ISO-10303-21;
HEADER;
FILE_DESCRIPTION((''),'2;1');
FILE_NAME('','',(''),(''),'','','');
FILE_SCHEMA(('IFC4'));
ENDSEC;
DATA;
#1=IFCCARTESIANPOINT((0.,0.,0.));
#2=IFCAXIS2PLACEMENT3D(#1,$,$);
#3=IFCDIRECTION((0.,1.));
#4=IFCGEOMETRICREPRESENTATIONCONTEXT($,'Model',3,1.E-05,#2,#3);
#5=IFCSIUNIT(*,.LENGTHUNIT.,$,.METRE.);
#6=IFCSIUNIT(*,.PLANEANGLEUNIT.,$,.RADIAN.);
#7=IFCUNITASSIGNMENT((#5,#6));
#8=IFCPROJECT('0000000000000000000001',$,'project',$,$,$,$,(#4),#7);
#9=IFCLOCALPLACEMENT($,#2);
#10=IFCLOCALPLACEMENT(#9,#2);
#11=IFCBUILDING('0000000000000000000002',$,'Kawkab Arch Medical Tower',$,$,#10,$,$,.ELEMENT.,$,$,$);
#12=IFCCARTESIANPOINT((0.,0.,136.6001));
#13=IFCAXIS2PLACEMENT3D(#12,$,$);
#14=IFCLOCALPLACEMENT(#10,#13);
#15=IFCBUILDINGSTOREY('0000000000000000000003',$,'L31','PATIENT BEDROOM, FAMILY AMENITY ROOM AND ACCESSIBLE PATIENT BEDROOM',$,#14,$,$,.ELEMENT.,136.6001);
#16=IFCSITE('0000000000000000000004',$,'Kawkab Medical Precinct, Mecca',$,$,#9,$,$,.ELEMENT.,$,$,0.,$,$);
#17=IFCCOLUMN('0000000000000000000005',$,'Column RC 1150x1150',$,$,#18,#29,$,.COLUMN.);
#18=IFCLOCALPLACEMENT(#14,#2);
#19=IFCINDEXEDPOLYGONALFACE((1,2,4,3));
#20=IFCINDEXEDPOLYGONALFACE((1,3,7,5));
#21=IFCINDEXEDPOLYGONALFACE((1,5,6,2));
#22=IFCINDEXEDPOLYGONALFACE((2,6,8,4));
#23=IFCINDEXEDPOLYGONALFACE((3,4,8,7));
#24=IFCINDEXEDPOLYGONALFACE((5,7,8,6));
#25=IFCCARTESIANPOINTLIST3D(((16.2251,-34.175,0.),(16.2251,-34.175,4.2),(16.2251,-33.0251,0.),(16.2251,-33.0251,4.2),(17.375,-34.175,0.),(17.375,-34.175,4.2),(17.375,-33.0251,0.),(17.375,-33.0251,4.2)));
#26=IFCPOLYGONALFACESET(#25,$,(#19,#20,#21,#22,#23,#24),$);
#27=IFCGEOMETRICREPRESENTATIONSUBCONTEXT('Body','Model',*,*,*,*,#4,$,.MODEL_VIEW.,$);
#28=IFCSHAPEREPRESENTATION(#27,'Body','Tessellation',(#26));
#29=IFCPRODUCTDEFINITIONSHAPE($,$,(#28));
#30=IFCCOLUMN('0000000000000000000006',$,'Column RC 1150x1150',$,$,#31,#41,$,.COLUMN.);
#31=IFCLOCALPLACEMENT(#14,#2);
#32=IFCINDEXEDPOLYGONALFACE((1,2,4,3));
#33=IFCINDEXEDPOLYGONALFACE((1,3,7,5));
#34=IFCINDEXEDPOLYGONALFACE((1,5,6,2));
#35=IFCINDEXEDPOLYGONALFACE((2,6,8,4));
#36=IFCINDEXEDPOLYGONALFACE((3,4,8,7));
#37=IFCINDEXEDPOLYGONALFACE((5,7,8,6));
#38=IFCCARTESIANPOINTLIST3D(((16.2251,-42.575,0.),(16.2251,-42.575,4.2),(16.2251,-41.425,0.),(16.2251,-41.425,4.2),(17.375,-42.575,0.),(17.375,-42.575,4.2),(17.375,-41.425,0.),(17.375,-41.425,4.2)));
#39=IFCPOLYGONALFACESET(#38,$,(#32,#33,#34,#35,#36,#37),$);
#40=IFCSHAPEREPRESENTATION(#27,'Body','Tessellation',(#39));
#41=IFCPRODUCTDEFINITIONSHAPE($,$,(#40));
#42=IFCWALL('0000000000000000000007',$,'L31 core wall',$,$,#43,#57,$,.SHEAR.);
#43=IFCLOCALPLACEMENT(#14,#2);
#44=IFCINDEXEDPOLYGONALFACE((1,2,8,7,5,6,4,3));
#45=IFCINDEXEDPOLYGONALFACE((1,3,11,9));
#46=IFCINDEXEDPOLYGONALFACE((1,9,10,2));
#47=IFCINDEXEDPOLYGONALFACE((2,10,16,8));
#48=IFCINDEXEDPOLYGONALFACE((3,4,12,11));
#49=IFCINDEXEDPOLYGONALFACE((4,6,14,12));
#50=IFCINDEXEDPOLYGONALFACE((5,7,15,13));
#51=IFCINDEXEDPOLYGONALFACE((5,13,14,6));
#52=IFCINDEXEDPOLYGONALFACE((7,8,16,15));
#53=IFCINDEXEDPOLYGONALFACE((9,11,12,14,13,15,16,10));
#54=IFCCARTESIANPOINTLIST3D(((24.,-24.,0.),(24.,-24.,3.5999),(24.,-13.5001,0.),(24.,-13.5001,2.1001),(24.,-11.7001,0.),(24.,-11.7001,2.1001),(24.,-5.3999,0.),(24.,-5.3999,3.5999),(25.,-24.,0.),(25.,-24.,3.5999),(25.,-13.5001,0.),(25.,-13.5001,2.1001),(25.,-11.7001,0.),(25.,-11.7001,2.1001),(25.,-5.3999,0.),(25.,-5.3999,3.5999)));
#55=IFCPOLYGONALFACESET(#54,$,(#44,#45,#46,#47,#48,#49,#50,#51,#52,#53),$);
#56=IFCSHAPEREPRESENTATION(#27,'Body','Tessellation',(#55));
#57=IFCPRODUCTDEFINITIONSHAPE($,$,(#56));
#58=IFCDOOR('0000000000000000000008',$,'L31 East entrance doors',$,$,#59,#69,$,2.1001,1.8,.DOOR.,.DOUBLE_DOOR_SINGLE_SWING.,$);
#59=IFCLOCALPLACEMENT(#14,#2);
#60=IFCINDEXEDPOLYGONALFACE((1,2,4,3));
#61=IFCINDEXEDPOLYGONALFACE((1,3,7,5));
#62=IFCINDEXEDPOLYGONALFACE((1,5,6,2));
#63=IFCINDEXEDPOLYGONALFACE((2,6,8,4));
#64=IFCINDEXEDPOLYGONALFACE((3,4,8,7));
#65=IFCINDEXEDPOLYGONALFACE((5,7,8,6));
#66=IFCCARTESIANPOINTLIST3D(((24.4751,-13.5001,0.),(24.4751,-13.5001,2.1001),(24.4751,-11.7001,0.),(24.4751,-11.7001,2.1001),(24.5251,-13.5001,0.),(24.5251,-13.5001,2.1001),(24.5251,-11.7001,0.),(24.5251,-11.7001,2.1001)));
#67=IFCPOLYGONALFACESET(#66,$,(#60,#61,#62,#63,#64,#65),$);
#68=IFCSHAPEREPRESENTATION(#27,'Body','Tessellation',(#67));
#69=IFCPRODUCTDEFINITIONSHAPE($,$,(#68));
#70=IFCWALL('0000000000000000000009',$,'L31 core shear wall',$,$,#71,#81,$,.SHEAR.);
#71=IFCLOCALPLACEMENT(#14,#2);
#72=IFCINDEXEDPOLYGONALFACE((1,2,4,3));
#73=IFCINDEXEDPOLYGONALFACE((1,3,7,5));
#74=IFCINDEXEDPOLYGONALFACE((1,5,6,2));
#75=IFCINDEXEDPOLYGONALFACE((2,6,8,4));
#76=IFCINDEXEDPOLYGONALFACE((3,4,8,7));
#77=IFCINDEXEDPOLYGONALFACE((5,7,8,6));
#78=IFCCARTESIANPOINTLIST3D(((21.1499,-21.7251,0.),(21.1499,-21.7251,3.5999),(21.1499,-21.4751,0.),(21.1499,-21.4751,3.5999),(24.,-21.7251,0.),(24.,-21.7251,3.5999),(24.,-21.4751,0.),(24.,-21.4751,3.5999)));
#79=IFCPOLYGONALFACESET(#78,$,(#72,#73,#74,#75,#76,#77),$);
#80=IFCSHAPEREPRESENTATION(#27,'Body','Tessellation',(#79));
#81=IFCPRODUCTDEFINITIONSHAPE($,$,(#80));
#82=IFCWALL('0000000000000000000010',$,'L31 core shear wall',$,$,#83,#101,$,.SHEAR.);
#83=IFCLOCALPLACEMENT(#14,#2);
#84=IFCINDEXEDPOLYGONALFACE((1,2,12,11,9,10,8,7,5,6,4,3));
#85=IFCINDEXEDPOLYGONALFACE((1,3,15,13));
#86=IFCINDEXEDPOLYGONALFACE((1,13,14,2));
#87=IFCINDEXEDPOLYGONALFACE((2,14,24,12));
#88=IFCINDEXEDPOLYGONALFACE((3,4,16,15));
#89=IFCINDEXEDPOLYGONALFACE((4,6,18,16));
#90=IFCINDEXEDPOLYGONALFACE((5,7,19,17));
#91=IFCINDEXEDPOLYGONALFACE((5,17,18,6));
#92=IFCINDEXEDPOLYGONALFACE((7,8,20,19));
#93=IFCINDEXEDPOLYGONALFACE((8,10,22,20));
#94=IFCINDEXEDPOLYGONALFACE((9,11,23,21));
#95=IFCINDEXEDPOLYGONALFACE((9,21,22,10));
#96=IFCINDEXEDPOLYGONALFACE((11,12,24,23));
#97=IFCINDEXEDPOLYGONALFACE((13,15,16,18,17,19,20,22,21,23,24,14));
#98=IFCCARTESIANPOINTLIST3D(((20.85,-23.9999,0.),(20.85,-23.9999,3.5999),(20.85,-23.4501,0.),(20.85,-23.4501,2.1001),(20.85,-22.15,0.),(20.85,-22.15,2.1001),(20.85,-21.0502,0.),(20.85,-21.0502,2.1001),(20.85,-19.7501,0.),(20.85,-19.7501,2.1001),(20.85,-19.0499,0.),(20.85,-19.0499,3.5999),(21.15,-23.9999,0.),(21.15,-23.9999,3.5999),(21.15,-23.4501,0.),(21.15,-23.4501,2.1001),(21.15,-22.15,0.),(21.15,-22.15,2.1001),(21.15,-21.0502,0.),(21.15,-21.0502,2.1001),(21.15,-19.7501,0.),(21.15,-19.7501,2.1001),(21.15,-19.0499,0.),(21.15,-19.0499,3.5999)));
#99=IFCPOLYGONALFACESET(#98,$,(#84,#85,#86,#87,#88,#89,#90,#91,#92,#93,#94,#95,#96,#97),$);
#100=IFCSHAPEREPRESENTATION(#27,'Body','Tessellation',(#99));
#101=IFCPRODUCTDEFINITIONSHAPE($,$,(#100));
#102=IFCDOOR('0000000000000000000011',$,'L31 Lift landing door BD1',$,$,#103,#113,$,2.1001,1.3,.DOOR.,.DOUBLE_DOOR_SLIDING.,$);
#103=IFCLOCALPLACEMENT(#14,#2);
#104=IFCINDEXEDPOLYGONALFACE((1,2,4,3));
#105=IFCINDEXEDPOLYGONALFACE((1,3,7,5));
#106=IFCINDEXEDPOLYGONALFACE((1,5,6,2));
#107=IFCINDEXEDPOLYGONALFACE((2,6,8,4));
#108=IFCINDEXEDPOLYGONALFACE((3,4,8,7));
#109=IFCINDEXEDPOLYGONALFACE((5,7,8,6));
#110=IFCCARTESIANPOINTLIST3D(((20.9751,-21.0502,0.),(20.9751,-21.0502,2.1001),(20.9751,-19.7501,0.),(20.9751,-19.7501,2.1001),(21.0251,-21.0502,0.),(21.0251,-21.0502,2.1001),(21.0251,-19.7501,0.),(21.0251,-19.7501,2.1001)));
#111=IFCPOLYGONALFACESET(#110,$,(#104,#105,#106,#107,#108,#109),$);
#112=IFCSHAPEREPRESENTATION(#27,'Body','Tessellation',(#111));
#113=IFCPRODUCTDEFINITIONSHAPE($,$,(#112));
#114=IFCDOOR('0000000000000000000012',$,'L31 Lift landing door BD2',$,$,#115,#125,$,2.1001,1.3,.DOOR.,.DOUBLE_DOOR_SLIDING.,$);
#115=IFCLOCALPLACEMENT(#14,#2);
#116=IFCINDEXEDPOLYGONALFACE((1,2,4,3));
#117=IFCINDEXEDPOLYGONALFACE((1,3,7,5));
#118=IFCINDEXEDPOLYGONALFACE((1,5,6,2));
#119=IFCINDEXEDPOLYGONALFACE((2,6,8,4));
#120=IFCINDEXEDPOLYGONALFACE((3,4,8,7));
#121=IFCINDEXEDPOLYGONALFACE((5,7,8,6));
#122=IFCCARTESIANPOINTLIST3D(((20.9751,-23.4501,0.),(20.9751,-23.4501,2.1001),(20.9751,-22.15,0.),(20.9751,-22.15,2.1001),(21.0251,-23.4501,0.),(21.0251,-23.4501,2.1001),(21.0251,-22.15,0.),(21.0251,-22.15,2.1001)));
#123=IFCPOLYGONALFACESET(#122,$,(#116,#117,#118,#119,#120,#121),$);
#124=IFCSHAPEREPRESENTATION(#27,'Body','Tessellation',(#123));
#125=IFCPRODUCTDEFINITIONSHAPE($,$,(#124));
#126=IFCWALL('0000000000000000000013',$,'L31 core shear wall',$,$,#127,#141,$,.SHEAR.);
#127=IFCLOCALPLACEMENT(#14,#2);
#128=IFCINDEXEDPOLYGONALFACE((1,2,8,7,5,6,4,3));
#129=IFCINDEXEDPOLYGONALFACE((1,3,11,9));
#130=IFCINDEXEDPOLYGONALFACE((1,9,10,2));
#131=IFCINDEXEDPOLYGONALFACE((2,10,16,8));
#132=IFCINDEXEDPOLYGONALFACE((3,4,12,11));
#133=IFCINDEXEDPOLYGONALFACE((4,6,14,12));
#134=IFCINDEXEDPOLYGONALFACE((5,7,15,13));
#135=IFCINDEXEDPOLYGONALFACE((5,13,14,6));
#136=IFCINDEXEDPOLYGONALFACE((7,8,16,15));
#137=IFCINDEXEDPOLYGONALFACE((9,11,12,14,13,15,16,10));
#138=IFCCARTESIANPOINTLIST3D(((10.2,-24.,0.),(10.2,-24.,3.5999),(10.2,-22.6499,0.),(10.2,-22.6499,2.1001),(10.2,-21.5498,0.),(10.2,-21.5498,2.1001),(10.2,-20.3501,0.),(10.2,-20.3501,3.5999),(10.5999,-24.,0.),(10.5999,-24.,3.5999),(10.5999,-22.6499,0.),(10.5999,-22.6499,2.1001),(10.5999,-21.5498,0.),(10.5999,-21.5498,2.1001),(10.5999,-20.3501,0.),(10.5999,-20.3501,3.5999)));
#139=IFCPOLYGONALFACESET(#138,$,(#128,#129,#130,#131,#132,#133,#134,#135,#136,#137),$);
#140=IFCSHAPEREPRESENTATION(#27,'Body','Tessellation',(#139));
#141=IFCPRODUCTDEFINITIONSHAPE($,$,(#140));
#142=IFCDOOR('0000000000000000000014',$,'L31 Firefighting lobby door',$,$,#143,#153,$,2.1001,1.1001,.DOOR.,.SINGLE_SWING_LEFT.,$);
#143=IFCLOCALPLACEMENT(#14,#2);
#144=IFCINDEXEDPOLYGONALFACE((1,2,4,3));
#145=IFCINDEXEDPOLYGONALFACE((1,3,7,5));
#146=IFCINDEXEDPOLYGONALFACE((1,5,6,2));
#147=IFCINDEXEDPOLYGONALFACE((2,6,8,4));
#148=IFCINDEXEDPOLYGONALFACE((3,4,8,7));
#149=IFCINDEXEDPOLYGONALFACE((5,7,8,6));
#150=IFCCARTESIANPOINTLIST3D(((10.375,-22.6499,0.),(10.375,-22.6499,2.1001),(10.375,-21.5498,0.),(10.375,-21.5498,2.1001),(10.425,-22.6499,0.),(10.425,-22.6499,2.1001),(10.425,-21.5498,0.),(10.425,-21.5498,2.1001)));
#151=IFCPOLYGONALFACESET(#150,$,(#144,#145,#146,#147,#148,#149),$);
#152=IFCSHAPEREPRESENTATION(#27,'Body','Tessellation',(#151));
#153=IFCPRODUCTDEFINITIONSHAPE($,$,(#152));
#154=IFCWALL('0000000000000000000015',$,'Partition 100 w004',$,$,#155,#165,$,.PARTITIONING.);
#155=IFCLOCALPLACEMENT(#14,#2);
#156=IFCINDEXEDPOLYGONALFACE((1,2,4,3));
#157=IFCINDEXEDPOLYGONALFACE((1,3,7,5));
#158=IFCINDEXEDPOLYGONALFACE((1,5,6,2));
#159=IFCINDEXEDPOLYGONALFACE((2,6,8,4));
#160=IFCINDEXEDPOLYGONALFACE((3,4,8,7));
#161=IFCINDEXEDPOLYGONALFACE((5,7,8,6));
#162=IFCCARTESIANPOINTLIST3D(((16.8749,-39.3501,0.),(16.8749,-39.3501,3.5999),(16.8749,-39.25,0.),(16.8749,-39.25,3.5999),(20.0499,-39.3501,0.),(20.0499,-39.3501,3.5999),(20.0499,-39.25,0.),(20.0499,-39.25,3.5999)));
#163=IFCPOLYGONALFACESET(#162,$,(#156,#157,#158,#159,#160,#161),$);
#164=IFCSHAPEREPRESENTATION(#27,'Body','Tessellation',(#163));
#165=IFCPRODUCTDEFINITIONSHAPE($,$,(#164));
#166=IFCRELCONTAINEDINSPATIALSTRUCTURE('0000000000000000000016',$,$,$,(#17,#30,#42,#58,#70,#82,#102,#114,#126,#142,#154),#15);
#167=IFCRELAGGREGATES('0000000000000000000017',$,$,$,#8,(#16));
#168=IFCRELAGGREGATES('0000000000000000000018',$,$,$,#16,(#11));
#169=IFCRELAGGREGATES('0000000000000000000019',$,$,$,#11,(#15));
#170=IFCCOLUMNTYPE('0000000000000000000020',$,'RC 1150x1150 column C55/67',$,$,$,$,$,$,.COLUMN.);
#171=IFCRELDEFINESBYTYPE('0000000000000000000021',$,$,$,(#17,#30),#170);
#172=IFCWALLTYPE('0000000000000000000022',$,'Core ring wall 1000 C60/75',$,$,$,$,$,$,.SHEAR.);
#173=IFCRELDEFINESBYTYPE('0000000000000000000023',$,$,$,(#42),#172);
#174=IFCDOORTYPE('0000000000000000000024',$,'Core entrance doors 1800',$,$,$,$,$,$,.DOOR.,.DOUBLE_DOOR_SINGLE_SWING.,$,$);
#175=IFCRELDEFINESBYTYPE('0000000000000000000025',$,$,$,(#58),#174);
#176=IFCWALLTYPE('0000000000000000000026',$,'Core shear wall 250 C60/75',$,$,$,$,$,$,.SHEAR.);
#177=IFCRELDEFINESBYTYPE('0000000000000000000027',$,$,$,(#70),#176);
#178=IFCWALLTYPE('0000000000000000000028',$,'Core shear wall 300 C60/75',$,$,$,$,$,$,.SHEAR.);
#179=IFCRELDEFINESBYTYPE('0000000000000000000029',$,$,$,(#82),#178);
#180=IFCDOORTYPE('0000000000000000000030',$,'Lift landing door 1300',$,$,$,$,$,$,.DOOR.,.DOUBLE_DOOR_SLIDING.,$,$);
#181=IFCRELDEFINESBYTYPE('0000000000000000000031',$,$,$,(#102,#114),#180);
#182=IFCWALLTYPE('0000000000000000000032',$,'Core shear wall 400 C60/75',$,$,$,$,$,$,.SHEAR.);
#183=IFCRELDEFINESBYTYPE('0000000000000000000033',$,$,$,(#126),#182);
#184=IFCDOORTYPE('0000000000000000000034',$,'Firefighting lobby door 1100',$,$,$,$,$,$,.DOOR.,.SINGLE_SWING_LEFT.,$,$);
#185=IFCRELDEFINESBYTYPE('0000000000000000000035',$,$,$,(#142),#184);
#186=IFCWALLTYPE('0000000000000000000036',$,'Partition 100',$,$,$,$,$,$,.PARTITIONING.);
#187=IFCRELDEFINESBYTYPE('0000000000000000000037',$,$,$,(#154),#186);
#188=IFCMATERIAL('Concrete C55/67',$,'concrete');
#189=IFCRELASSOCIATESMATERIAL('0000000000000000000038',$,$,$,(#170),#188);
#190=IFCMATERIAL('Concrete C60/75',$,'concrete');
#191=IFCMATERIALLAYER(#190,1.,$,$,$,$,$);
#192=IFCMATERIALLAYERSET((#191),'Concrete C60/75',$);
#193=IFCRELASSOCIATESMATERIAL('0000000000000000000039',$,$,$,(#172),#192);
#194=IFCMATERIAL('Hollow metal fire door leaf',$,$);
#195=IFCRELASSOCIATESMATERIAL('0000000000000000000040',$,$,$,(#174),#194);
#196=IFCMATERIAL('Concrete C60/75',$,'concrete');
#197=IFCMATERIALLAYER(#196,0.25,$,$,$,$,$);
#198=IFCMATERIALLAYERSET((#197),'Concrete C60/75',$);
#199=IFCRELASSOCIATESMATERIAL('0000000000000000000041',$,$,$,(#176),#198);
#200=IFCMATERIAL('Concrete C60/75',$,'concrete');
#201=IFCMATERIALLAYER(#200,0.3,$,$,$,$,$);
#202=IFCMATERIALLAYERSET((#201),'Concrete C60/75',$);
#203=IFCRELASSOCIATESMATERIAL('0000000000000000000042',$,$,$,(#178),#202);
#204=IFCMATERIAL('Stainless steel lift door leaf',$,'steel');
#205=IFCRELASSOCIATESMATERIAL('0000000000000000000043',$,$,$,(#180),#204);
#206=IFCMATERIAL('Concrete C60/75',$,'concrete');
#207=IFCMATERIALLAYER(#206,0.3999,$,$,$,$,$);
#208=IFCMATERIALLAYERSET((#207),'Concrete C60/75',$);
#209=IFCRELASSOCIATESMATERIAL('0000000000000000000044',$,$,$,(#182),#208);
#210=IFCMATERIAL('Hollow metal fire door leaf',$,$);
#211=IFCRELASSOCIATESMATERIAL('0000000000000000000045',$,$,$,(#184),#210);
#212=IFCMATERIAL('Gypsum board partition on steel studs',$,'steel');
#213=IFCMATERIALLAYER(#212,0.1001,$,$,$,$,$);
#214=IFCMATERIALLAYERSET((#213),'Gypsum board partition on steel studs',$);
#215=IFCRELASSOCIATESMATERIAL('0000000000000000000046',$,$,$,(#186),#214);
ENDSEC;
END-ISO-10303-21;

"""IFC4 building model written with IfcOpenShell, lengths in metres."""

from ifc_helpers import new_model, si_unit, direction, frame, frame_2d, origin, origin_2d, place, context, subcontext, project, spatial, rectangle, extrude, material, layer, layer_set, material_profile, profile_set, type_object, element, fill, save


model = new_model("IFC4")

# Units and contexts
model_context = context("Model", 3, precision=1e-05, world=origin(), true_north=direction((0.0, 1.0)))
body_context = subcontext(model_context, "Body", "Model", "MODEL_VIEW")
ifc_project = project(units=[si_unit("LENGTHUNIT", "METRE"), si_unit("PLANEANGLEUNIT", "RADIAN")], contexts=[model_context])

# Site, building, storey
site_placement = place(None, origin())
site = spatial("IfcSite", under=ifc_project, at=site_placement, Name="Kawkab Medical Precinct, Mecca", CompositionType="ELEMENT", RefElevation=0.0)
building_placement = place(site_placement, origin())
building = spatial("IfcBuilding", under=site, at=building_placement, Name="Kawkab Arch Medical Tower", CompositionType="ELEMENT")
storey_placement = place(building_placement, frame((0.0, 0.0, 136.6001)))
storey = spatial("IfcBuildingStorey", under=building, at=storey_placement, Name="L31", Description="PATIENT BEDROOM, FAMILY AMENITY ROOM AND ACCESSIBLE PATIENT BEDROOM", CompositionType="ELEMENT", Elevation=136.6001)

# Columns
ifc_material_1 = material(Name="Concrete C55/67", Category="concrete")
ifc_material_profile = material_profile(ifc_material_1, rectangle(XDim=1.1499, YDim=1.1499, at=origin_2d()), Name="RC 1150x1150")
ifc_profile_set = profile_set([ifc_material_profile], Name="Concrete C55/67")
column_type = type_object("IfcColumnType", Name="RC 1150x1150 column C55/67", PredefinedType="COLUMN", material=ifc_profile_set)
for number, where, z_axis, x_axis, name in (
    (1, (16.8, -33.6001, 0.0), (0.0, 0.0, 1.0), (1.0, 0.0, 0.0), "Column RC 1150x1150"),
    (2, (16.8, -42.0, 0.0), (0.0, 0.0, 1.0), (1.0, 0.0, 0.0), "Column RC 1150x1150"),
):
    element("IfcColumn", number, at=place(storey_placement, frame(where, z_axis=z_axis, x_axis=x_axis)), inside=storey, type_object=column_type, Name=name, PredefinedType="COLUMN", context=body_context, shape_type="SweptSolid", body=[
        extrude(rectangle(XDim=1.1499, YDim=1.1499, at=origin_2d()), origin(), (0.0, 0.0, 1.0), 4.2),
    ])

# Wall, opening, door
ifc_material_2 = material(Name="Concrete C60/75", Category="concrete")
ifc_layer_1 = layer(ifc_material_2, 1.0)
ifc_layer_set_1 = layer_set([ifc_layer_1], Name="Concrete C60/75")
wall_type_1 = type_object("IfcWallType", Name="Core ring wall 1000 C60/75", PredefinedType="SHEAR", material=ifc_layer_set_1)
wall_1_placement = place(storey_placement, frame((24.5, -24.0, 0.0), z_axis=(0.0, 0.0, 1.0), x_axis=(0.0, 1.0, 0.0)))
wall_1 = element("IfcWall", 3, at=wall_1_placement, inside=storey, type_object=wall_type_1, Name="L31 core wall", PredefinedType="SHEAR", context=body_context, shape_type="SweptSolid", body=[
    extrude(rectangle(XDim=18.6001, YDim=1.0, at=frame_2d((9.3, 0.0))), origin(), (0.0, 0.0, 1.0), 3.5999),
])
opening_1_placement = place(wall_1_placement, frame((10.5, 0.0, 0.0)))
opening_1 = element("IfcOpeningElement", 4, at=opening_1_placement, cuts=wall_1, PredefinedType="OPENING", context=body_context, shape_type="SweptSolid", body=[
    extrude(rectangle(XDim=1.8, YDim=2.1001, at=frame_2d((0.8999, 1.05))), frame((0.0, 0.51, 0.0), z_axis=(0.0, -1.0, 0.0), x_axis=(1.0, 0.0, 0.0)), (0.0, 0.0, 1.0), 1.02),
])
ifc_material_3 = material(Name="Hollow metal fire door leaf")
door_type_1 = type_object("IfcDoorType", Name="Core entrance doors 1800", OperationType="DOUBLE_DOOR_SINGLE_SWING", PredefinedType="DOOR", material=ifc_material_3)
door_1_placement = place(opening_1_placement, origin())
door_1 = element("IfcDoor", 5, at=door_1_placement, inside=storey, type_object=door_type_1, Name="L31 East entrance doors", OperationType="DOUBLE_DOOR_SINGLE_SWING", OverallHeight=2.1001, OverallWidth=1.8, PredefinedType="DOOR", context=body_context, shape_type="SweptSolid", body=[
    extrude(rectangle(XDim=1.8, YDim=2.1001, at=frame_2d((0.8999, 1.05))), frame((0.0, 0.0249, 0.0), z_axis=(0.0, -1.0, 0.0), x_axis=(1.0, 0.0, 0.0)), (0.0, 0.0, 1.0), 0.05),
])
fill(opening_1, door_1)

# Wall
ifc_material_4 = material(Name="Concrete C60/75", Category="concrete")
ifc_layer_2 = layer(ifc_material_4, 0.25)
ifc_layer_set_2 = layer_set([ifc_layer_2], Name="Concrete C60/75")
wall_type_2 = type_object("IfcWallType", Name="Core shear wall 250 C60/75", PredefinedType="SHEAR", material=ifc_layer_set_2)
wall_2_placement = place(storey_placement, frame((21.1499, -21.6001, 0.0), z_axis=(0.0, 0.0, 1.0), x_axis=(1.0, 0.0, 0.0)))
element("IfcWall", 6, at=wall_2_placement, inside=storey, type_object=wall_type_2, Name="L31 core shear wall", PredefinedType="SHEAR", context=body_context, shape_type="SweptSolid", body=[
    extrude(rectangle(XDim=2.8501, YDim=0.25, at=frame_2d((1.425, 0.0))), origin(), (0.0, 0.0, 1.0), 3.5999),
])

# Wall, openings, doors
ifc_material_5 = material(Name="Concrete C60/75", Category="concrete")
ifc_layer_3 = layer(ifc_material_5, 0.3)
ifc_layer_set_3 = layer_set([ifc_layer_3], Name="Concrete C60/75")
wall_type_3 = type_object("IfcWallType", Name="Core shear wall 300 C60/75", PredefinedType="SHEAR", material=ifc_layer_set_3)
wall_3_placement = place(storey_placement, frame((21.0, -24.0, 0.0), z_axis=(0.0, 0.0, 1.0), x_axis=(0.0, 1.0, 0.0)))
wall_3 = element("IfcWall", 7, at=wall_3_placement, inside=storey, type_object=wall_type_3, Name="L31 core shear wall", PredefinedType="SHEAR", context=body_context, shape_type="SweptSolid", body=[
    extrude(rectangle(XDim=4.95, YDim=0.3, at=frame_2d((2.4751, 0.0))), origin(), (0.0, 0.0, 1.0), 3.5999),
])
opening_2_placement = place(wall_3_placement, frame((2.95, 0.0, 0.0)))
opening_2 = element("IfcOpeningElement", 8, at=opening_2_placement, cuts=wall_3, PredefinedType="OPENING", context=body_context, shape_type="SweptSolid", body=[
    extrude(rectangle(XDim=1.3, YDim=2.1001, at=frame_2d((0.6499, 1.05))), frame((0.0, 0.1599, 0.0), z_axis=(0.0, -1.0, 0.0), x_axis=(1.0, 0.0, 0.0)), (0.0, 0.0, 1.0), 0.3201),
])
opening_3_placement = place(wall_3_placement, frame((0.55, 0.0, 0.0)))
opening_3 = element("IfcOpeningElement", 9, at=opening_3_placement, cuts=wall_3, PredefinedType="OPENING", context=body_context, shape_type="SweptSolid", body=[
    extrude(rectangle(XDim=1.3, YDim=2.1001, at=frame_2d((0.6499, 1.05))), frame((0.0, 0.1599, 0.0), z_axis=(0.0, -1.0, 0.0), x_axis=(1.0, 0.0, 0.0)), (0.0, 0.0, 1.0), 0.3201),
])
ifc_material_6 = material(Name="Stainless steel lift door leaf", Category="steel")
door_type_2 = type_object("IfcDoorType", Name="Lift landing door 1300", OperationType="DOUBLE_DOOR_SLIDING", PredefinedType="DOOR", material=ifc_material_6)
door_2_placement = place(opening_2_placement, origin())
door_2 = element("IfcDoor", 10, at=door_2_placement, inside=storey, type_object=door_type_2, Name="L31 Lift landing door BD1", OperationType="DOUBLE_DOOR_SLIDING", OverallHeight=2.1001, OverallWidth=1.3, PredefinedType="DOOR", context=body_context, shape_type="SweptSolid", body=[
    extrude(rectangle(XDim=1.3, YDim=2.1001, at=frame_2d((0.6499, 1.05))), frame((0.0, 0.0249, 0.0), z_axis=(0.0, -1.0, 0.0), x_axis=(1.0, 0.0, 0.0)), (0.0, 0.0, 1.0), 0.05),
])
fill(opening_2, door_2)
door_3_placement = place(opening_3_placement, origin())
door_3 = element("IfcDoor", 11, at=door_3_placement, inside=storey, type_object=door_type_2, Name="L31 Lift landing door BD2", OperationType="DOUBLE_DOOR_SLIDING", OverallHeight=2.1001, OverallWidth=1.3, PredefinedType="DOOR", context=body_context, shape_type="SweptSolid", body=[
    extrude(rectangle(XDim=1.3, YDim=2.1001, at=frame_2d((0.6499, 1.05))), frame((0.0, 0.0249, 0.0), z_axis=(0.0, -1.0, 0.0), x_axis=(1.0, 0.0, 0.0)), (0.0, 0.0, 1.0), 0.05),
])
fill(opening_3, door_3)

# Wall, opening, door
ifc_material_7 = material(Name="Concrete C60/75", Category="concrete")
ifc_layer_4 = layer(ifc_material_7, 0.3999)
ifc_layer_set_4 = layer_set([ifc_layer_4], Name="Concrete C60/75")
wall_type_4 = type_object("IfcWallType", Name="Core shear wall 400 C60/75", PredefinedType="SHEAR", material=ifc_layer_set_4)
wall_4_placement = place(storey_placement, frame((10.3999, -24.0, 0.0), z_axis=(0.0, 0.0, 1.0), x_axis=(0.0, 1.0, 0.0)))
wall_4 = element("IfcWall", 12, at=wall_4_placement, inside=storey, type_object=wall_type_4, Name="L31 core shear wall", PredefinedType="SHEAR", context=body_context, shape_type="SweptSolid", body=[
    extrude(rectangle(XDim=3.6499, YDim=0.3999, at=frame_2d((1.825, 0.0))), origin(), (0.0, 0.0, 1.0), 3.5999),
])
opening_4_placement = place(wall_4_placement, frame((1.3501, 0.0, 0.0)))
opening_4 = element("IfcOpeningElement", 13, at=opening_4_placement, cuts=wall_4, PredefinedType="OPENING", context=body_context, shape_type="SweptSolid", body=[
    extrude(rectangle(XDim=1.1001, YDim=2.1001, at=frame_2d((0.55, 1.05))), frame((0.0, 0.21, 0.0), z_axis=(0.0, -1.0, 0.0), x_axis=(1.0, 0.0, 0.0)), (0.0, 0.0, 1.0), 0.4199),
])
ifc_material_8 = material(Name="Hollow metal fire door leaf")
door_type_3 = type_object("IfcDoorType", Name="Firefighting lobby door 1100", OperationType="SINGLE_SWING_LEFT", PredefinedType="DOOR", material=ifc_material_8)
door_4_placement = place(opening_4_placement, origin())
door_4 = element("IfcDoor", 14, at=door_4_placement, inside=storey, type_object=door_type_3, Name="L31 Firefighting lobby door", OperationType="SINGLE_SWING_LEFT", OverallHeight=2.1001, OverallWidth=1.1001, PredefinedType="DOOR", context=body_context, shape_type="SweptSolid", body=[
    extrude(rectangle(XDim=1.1001, YDim=2.1001, at=frame_2d((0.55, 1.05))), frame((0.0, 0.0249, 0.0), z_axis=(0.0, -1.0, 0.0), x_axis=(1.0, 0.0, 0.0)), (0.0, 0.0, 1.0), 0.05),
])
fill(opening_4, door_4)

# Wall
ifc_material_9 = material(Name="Gypsum board partition on steel studs", Category="steel")
ifc_layer_5 = layer(ifc_material_9, 0.1001)
ifc_layer_set_5 = layer_set([ifc_layer_5], Name="Gypsum board partition on steel studs")
wall_type_5 = type_object("IfcWallType", Name="Partition 100", PredefinedType="PARTITIONING", material=ifc_layer_set_5)
wall_5_placement = place(storey_placement, frame((16.875, -39.3, 0.0), z_axis=(0.0, 0.0, 1.0), x_axis=(1.0, 0.0, 0.0)))
element("IfcWall", 15, at=wall_5_placement, inside=storey, type_object=wall_type_5, Name="Partition 100 w004", PredefinedType="PARTITIONING", context=body_context, shape_type="SweptSolid", body=[
    extrude(rectangle(XDim=3.175, YDim=0.1001, at=frame_2d((1.5874, 0.0))), origin(), (0.0, 0.0, 1.0), 3.5999),
])

save(model, "model.ifc")
